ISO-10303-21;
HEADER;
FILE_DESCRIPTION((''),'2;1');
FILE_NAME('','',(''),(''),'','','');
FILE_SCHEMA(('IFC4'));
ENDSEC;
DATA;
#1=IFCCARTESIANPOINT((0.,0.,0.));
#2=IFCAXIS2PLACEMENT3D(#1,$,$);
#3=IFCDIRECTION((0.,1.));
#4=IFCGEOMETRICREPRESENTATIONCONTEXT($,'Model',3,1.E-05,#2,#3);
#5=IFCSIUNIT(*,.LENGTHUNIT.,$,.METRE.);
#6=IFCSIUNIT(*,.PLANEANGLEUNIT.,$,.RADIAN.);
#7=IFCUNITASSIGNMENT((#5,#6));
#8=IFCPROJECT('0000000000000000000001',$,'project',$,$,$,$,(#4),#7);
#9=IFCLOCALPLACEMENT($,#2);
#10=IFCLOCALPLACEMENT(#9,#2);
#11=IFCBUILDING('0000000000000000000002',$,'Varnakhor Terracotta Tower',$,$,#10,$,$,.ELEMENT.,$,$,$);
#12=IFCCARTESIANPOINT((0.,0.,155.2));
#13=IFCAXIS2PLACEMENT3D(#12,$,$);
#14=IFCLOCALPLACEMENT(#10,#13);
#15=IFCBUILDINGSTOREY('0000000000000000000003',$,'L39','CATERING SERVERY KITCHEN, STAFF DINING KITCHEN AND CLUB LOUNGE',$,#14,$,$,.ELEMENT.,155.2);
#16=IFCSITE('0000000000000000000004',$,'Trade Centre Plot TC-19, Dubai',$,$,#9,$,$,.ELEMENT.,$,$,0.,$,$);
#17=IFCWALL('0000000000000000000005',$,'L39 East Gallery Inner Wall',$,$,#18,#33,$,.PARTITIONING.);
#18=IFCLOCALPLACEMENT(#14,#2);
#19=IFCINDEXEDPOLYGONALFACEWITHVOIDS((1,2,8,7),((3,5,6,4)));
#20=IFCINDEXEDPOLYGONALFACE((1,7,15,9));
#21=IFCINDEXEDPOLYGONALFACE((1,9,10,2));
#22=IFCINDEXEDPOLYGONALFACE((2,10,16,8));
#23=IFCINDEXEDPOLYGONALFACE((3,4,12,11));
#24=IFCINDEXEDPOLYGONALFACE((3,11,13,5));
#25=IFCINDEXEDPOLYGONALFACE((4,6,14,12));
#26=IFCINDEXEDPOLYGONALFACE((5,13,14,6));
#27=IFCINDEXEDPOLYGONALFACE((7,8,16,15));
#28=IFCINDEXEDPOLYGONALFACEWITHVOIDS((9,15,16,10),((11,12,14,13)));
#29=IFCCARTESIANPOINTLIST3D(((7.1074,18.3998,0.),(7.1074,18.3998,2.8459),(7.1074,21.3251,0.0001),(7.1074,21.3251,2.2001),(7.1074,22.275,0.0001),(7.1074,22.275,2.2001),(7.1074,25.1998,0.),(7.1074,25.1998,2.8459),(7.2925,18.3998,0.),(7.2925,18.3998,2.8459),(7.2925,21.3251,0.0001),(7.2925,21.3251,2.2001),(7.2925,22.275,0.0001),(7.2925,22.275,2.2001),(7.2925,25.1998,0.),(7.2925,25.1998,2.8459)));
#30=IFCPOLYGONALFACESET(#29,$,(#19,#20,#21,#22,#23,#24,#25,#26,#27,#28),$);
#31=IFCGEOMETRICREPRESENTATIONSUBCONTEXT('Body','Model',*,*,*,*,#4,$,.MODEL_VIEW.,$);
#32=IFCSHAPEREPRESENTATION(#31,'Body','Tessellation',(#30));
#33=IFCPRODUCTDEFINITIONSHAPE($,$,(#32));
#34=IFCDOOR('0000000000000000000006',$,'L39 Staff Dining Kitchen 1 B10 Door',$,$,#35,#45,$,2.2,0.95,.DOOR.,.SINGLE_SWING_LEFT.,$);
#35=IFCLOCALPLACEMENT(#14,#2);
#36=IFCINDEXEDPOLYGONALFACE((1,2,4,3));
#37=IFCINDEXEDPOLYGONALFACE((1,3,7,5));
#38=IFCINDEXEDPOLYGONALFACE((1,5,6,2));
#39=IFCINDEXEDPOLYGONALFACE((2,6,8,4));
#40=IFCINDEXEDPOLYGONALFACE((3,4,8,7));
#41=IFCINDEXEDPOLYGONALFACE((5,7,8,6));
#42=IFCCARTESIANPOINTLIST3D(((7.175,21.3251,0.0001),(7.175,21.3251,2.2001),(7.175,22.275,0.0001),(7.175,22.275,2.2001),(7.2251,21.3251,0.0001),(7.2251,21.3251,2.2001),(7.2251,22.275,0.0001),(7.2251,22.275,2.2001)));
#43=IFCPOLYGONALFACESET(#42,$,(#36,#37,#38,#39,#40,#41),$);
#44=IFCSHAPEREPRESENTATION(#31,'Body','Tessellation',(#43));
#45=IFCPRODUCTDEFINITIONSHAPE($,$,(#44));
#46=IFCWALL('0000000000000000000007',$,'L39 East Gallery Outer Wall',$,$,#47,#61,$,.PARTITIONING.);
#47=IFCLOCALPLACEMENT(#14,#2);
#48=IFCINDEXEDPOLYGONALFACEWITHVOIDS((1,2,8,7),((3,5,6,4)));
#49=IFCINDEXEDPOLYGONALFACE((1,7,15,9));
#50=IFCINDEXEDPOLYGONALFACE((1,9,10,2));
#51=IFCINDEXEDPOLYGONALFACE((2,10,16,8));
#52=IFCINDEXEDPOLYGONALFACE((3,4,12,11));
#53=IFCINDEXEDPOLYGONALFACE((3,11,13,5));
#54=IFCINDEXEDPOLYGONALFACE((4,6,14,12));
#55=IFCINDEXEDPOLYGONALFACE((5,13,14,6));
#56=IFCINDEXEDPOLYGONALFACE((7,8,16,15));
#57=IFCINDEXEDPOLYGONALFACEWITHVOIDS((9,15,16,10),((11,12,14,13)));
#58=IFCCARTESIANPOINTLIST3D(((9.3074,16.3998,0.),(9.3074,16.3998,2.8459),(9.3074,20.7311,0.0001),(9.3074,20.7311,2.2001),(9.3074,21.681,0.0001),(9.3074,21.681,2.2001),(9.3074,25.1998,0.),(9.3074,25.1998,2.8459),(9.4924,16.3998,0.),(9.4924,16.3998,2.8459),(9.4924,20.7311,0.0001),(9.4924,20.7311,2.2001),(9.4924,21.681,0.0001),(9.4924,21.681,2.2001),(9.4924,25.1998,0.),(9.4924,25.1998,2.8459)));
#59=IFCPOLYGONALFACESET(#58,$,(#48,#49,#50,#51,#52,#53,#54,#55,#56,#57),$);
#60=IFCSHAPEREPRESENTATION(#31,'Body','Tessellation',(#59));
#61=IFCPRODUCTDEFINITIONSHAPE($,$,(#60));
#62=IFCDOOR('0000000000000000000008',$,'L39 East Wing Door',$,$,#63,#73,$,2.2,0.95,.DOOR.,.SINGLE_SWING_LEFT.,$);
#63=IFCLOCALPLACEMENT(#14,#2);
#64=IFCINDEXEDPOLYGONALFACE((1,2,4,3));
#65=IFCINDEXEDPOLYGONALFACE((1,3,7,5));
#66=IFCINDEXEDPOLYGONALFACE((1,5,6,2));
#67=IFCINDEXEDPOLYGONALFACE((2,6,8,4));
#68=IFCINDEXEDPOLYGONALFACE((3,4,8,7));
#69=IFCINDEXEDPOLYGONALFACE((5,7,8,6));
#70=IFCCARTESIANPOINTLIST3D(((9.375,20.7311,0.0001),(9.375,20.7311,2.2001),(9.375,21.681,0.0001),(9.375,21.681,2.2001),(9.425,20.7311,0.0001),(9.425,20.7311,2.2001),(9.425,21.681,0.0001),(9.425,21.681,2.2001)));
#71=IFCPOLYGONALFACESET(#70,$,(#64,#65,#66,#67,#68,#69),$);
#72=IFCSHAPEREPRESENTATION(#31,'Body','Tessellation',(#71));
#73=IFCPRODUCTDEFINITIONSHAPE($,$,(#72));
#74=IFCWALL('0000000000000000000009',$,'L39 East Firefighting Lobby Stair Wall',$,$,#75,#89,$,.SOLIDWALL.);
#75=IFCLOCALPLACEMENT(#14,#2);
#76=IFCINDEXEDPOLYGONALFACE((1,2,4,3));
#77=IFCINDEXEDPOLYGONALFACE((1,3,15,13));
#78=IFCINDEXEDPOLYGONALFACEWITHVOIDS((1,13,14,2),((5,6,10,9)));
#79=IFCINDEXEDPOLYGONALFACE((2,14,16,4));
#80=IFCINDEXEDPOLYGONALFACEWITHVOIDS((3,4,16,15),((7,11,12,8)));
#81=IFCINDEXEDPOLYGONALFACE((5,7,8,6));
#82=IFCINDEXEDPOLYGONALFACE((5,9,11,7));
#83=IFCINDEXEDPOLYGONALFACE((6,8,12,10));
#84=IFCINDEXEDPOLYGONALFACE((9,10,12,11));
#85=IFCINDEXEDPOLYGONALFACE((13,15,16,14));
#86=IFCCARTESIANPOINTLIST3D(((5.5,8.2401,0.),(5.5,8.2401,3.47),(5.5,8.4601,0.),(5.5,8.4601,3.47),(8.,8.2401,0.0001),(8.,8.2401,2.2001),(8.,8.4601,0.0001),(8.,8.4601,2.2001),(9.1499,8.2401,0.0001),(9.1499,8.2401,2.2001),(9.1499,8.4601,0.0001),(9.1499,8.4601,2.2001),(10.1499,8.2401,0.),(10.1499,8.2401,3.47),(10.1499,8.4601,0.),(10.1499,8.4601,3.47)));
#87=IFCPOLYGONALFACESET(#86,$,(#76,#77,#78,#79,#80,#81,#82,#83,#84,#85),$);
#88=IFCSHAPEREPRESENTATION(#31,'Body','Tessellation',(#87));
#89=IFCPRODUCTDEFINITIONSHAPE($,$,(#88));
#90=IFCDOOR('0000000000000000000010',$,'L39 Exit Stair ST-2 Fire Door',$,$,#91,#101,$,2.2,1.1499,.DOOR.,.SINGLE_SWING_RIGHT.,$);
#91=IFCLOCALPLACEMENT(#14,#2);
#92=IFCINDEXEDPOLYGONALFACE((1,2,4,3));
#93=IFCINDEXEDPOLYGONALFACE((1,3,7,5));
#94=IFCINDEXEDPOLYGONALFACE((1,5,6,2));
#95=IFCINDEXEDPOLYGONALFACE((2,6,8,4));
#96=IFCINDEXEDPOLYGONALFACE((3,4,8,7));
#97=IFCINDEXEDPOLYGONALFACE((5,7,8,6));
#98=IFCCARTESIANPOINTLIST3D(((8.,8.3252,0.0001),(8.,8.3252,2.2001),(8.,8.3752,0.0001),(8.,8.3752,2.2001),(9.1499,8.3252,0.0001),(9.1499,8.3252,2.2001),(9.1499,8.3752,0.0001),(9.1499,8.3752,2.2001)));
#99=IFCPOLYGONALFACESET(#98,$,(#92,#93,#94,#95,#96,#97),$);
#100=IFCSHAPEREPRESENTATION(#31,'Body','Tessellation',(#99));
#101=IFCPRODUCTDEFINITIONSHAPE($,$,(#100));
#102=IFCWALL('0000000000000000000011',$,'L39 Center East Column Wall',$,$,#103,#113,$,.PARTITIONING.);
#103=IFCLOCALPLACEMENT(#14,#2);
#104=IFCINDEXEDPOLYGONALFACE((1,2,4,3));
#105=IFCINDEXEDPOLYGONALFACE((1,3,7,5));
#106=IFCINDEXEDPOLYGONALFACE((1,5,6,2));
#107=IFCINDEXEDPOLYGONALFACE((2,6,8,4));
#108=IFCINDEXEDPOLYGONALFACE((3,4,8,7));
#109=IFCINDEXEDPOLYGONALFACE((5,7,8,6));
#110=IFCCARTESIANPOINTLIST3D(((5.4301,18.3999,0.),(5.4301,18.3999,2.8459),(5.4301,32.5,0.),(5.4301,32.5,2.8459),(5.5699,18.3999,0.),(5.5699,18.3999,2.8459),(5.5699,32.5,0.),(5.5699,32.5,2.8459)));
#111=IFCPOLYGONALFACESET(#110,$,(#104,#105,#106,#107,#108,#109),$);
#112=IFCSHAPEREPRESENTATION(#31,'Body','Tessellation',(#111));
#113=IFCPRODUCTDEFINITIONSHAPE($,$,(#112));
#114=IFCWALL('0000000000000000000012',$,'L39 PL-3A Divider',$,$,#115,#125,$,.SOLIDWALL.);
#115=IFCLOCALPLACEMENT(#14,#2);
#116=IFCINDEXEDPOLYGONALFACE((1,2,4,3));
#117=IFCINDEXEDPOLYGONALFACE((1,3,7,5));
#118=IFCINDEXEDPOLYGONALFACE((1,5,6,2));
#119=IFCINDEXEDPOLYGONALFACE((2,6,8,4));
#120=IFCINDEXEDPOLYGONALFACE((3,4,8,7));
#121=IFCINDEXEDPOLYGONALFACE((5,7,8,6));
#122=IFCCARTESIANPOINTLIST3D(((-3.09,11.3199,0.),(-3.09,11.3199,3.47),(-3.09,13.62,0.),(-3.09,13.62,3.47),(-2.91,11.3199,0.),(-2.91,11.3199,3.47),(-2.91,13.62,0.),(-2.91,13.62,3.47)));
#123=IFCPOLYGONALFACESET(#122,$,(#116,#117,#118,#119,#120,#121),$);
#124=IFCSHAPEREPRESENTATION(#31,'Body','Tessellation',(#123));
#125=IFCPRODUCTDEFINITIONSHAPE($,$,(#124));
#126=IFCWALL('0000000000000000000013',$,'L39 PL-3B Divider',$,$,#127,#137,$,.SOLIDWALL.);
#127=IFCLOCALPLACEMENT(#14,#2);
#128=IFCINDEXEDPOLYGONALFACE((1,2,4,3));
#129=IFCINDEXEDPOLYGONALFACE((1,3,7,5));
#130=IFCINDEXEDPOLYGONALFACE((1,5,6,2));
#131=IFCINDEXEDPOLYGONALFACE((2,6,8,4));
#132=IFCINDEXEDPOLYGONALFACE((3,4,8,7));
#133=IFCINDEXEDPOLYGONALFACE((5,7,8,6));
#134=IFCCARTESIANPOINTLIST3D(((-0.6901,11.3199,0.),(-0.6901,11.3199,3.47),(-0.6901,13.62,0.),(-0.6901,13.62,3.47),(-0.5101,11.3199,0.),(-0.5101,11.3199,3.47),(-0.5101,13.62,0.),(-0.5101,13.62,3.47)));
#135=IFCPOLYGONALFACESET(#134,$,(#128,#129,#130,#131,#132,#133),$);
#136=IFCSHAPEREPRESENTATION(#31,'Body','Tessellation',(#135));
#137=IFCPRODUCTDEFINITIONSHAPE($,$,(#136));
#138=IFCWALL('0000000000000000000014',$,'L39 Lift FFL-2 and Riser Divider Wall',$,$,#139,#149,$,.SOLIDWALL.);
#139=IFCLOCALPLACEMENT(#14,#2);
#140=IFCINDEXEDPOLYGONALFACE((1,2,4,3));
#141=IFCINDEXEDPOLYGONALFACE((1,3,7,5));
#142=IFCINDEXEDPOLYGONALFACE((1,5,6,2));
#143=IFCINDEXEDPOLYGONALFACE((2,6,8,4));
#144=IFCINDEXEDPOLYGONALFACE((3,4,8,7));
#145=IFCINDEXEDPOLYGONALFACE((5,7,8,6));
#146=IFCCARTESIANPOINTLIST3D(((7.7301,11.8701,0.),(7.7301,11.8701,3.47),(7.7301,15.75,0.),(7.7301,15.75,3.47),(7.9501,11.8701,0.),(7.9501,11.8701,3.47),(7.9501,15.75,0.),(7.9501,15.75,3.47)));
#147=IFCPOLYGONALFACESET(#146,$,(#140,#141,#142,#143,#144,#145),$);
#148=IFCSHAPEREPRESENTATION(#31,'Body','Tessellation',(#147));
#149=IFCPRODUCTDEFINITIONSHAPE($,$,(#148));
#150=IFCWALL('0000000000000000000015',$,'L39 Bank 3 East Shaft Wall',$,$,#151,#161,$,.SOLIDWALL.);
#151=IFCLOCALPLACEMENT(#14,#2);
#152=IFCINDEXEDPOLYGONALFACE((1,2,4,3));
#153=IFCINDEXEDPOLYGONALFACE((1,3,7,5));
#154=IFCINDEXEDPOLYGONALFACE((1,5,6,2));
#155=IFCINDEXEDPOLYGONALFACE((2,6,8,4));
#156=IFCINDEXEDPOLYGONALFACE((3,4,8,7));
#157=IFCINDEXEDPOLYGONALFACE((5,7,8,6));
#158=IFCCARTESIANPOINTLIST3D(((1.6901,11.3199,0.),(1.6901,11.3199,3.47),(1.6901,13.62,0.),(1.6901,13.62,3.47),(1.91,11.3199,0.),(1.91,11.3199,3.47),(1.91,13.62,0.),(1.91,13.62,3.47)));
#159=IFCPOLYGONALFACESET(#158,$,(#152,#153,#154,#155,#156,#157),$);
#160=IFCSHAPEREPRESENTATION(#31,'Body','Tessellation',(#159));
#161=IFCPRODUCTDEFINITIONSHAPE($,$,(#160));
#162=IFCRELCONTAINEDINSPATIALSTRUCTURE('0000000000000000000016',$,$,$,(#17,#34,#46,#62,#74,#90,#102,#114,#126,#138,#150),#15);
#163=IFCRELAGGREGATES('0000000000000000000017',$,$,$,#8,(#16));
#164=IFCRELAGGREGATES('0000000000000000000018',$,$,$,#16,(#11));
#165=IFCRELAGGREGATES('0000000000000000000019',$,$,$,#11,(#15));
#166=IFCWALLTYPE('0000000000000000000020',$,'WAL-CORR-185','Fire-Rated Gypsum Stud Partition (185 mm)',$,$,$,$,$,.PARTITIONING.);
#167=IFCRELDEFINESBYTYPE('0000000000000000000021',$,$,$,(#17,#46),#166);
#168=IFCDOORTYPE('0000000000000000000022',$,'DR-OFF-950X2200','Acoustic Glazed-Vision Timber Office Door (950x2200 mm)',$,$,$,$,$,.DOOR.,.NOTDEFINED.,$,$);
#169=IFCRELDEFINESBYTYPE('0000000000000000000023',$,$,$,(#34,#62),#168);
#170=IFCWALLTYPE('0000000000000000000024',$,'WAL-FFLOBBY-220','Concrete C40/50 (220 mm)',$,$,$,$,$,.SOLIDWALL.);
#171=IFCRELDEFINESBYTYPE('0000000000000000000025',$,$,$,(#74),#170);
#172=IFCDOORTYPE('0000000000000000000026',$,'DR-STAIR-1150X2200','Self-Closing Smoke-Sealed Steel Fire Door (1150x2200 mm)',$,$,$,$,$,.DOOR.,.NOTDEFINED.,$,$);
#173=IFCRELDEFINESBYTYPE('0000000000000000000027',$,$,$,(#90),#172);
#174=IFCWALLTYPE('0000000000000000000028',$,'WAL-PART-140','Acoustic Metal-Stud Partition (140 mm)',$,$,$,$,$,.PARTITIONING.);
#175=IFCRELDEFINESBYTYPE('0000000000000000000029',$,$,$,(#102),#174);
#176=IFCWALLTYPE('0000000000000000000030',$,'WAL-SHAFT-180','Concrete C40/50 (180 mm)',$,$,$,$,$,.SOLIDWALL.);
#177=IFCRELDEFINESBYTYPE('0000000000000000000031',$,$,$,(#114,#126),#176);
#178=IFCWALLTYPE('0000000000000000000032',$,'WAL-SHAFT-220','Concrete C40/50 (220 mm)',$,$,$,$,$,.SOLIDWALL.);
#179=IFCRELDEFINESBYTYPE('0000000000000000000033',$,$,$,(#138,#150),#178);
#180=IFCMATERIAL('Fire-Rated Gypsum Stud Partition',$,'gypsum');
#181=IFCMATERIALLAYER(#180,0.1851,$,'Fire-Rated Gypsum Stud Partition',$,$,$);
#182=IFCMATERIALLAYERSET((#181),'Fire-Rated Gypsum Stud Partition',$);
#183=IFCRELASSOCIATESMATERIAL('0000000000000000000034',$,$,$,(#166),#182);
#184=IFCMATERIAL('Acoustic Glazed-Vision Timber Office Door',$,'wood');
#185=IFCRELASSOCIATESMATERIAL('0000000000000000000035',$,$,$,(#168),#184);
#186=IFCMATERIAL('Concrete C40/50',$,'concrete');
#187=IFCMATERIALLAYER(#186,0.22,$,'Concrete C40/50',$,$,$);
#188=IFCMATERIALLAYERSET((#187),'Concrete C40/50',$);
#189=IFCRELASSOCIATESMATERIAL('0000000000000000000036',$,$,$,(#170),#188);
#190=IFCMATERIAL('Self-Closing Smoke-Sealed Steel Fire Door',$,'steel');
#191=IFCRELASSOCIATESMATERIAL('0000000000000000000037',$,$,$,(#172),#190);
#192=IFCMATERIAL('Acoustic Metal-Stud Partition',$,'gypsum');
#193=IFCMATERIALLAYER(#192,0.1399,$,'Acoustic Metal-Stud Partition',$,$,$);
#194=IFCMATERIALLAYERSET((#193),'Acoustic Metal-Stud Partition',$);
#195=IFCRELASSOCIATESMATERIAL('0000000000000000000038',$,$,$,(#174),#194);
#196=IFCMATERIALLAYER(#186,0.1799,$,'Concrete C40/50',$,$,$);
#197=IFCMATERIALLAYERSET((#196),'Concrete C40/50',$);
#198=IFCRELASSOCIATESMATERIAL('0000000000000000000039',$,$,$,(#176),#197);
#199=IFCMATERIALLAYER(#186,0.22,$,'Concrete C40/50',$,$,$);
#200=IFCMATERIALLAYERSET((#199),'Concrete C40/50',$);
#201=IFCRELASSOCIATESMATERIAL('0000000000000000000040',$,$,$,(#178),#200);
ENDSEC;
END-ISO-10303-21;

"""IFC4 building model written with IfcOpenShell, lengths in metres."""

from ifc_helpers import new_model, si_unit, direction, frame, frame_2d, origin, place, context, subcontext, project, spatial, rectangle, extrude, source, transform, mapped, material, layer, layer_set, type_object, type_shapes, element, fill, save


model = new_model("IFC4")

# Units and contexts
model_context = context("Model", 3, precision=1e-05, world=origin(), true_north=direction((0.0, 1.0)))
body_context = subcontext(model_context, "Body", "Model", "MODEL_VIEW")
ifc_project = project(units=[si_unit("LENGTHUNIT", "METRE"), si_unit("PLANEANGLEUNIT", "RADIAN")], contexts=[model_context])

# Site, building, storey
site_placement = place(None, origin())
site = spatial("IfcSite", under=ifc_project, at=site_placement, Name="Trade Centre Plot TC-19, Dubai", CompositionType="ELEMENT", RefElevation=0.0)
building_placement = place(site_placement, origin())
building = spatial("IfcBuilding", under=site, at=building_placement, Name="Varnakhor Terracotta Tower", CompositionType="ELEMENT")
storey_placement = place(building_placement, frame((0.0, 0.0, 155.2)))
storey = spatial("IfcBuildingStorey", under=building, at=storey_placement, Name="L39", Description="CATERING SERVERY KITCHEN, STAFF DINING KITCHEN AND CLUB LOUNGE", CompositionType="ELEMENT", Elevation=155.2)

# Walls, openings, doors
ifc_material_1 = material(Name="Fire-Rated Gypsum Stud Partition", Category="gypsum")
ifc_layer_1 = layer(ifc_material_1, 0.1851, Name="Fire-Rated Gypsum Stud Partition")
ifc_layer_set_1 = layer_set([ifc_layer_1], Name="Fire-Rated Gypsum Stud Partition")
wall_type_1 = type_object("IfcWallType", Name="WAL-CORR-185", Description="Fire-Rated Gypsum Stud Partition (185 mm)", PredefinedType="PARTITIONING", material=ifc_layer_set_1)
wall_1_placement = place(storey_placement, frame((7.2, 18.3999, 0.0), z_axis=(0.0, 0.0, 1.0), x_axis=(0.0, 1.0, 0.0)))
wall_1 = element("IfcWall", 1, at=wall_1_placement, inside=storey, type_object=wall_type_1, Name="L39 East Gallery Inner Wall", PredefinedType="PARTITIONING", context=body_context, shape_type="SweptSolid", body=[
    extrude(rectangle(XDim=6.8, YDim=0.1851, at=frame_2d((3.3999, 0.0))), origin(), (0.0, 0.0, 1.0), 2.8459),
])
opening_1_placement = place(wall_1_placement, frame((2.925, 0.0, 0.0)))
opening_1 = element("IfcOpeningElement", 2, at=opening_1_placement, cuts=wall_1, PredefinedType="OPENING", context=body_context, shape_type="SweptSolid", body=[
    extrude(rectangle(XDim=0.95, YDim=2.2, at=frame_2d((0.4751, 1.1001))), frame((0.0, 0.1025, 0.0), z_axis=(0.0, -1.0, 0.0), x_axis=(1.0, 0.0, 0.0)), (0.0, 0.0, 1.0), 0.2051),
])
ifc_material_2 = material(Name="Acoustic Glazed-Vision Timber Office Door", Category="wood")
door_type_1 = type_object("IfcDoorType", Name="DR-OFF-950X2200", Description="Acoustic Glazed-Vision Timber Office Door (950x2200 mm)", OperationType="NOTDEFINED", PredefinedType="DOOR", material=ifc_material_2)
shared_shape_1 = source(origin(), body_context, "Body", "SweptSolid", [
    extrude(rectangle(XDim=0.95, YDim=2.2, at=frame_2d((0.4751, 1.1001))), frame((0.0, 0.0249, 0.0), z_axis=(0.0, -1.0, 0.0), x_axis=(1.0, 0.0, 0.0)), (0.0, 0.0, 1.0), 0.05),
])
type_shapes(door_type_1, [shared_shape_1])
door_1_placement = place(opening_1_placement, origin())
door_1 = element("IfcDoor", 3, at=door_1_placement, inside=storey, type_object=door_type_1, Name="L39 Staff Dining Kitchen 1 B10 Door", OperationType="SINGLE_SWING_LEFT", OverallHeight=2.2, OverallWidth=0.95, PredefinedType="DOOR", context=body_context, shape_type="MappedRepresentation", body=[
    mapped(shared_shape_1, transform((0.0, 0.0, 0.0), scale=1.0)),
])
fill(opening_1, door_1)
wall_2_placement = place(storey_placement, frame((9.3999, 16.3999, 0.0), z_axis=(0.0, 0.0, 1.0), x_axis=(0.0, 1.0, 0.0)))
wall_2 = element("IfcWall", 4, at=wall_2_placement, inside=storey, type_object=wall_type_1, Name="L39 East Gallery Outer Wall", PredefinedType="PARTITIONING", context=body_context, shape_type="SweptSolid", body=[
    extrude(rectangle(XDim=8.8, YDim=0.1851, at=frame_2d((4.3999, 0.0))), origin(), (0.0, 0.0, 1.0), 2.8459),
])
opening_2_placement = place(wall_2_placement, frame((4.3311, 0.0, 0.0)))
opening_2 = element("IfcOpeningElement", 5, at=opening_2_placement, cuts=wall_2, PredefinedType="OPENING", context=body_context, shape_type="SweptSolid", body=[
    extrude(rectangle(XDim=0.95, YDim=2.2, at=frame_2d((0.4751, 1.1001))), frame((0.0, 0.1025, 0.0), z_axis=(0.0, -1.0, 0.0), x_axis=(1.0, 0.0, 0.0)), (0.0, 0.0, 1.0), 0.2051),
])
door_2_placement = place(opening_2_placement, origin())
door_2 = element("IfcDoor", 6, at=door_2_placement, inside=storey, type_object=door_type_1, Name="L39 East Wing Door", OperationType="SINGLE_SWING_LEFT", OverallHeight=2.2, OverallWidth=0.95, PredefinedType="DOOR", context=body_context, shape_type="MappedRepresentation", body=[
    mapped(shared_shape_1, transform((0.0, 0.0, 0.0), scale=1.0)),
])
fill(opening_2, door_2)
ifc_material_3 = material(Name="Concrete C40/50", Category="concrete")
ifc_layer_2 = layer(ifc_material_3, 0.22, Name="Concrete C40/50")
ifc_layer_set_2 = layer_set([ifc_layer_2], Name="Concrete C40/50")
wall_type_2 = type_object("IfcWallType", Name="WAL-FFLOBBY-220", Description="Concrete C40/50 (220 mm)", PredefinedType="SOLIDWALL", material=ifc_layer_set_2)
wall_3_placement = place(storey_placement, frame((10.1499, 8.3501, 0.0), z_axis=(0.0, 0.0, 1.0), x_axis=(-1.0, 0.0, 0.0)))
wall_3 = element("IfcWall", 7, at=wall_3_placement, inside=storey, type_object=wall_type_2, Name="L39 East Firefighting Lobby Stair Wall", PredefinedType="SOLIDWALL", context=body_context, shape_type="SweptSolid", body=[
    extrude(rectangle(XDim=4.6499, YDim=0.22, at=frame_2d((2.325, 0.0))), origin(), (0.0, 0.0, 1.0), 3.47),
])
opening_3_placement = place(wall_3_placement, frame((1.0, 0.0, 0.0)))
opening_3 = element("IfcOpeningElement", 8, at=opening_3_placement, cuts=wall_3, PredefinedType="OPENING", context=body_context, shape_type="SweptSolid", body=[
    extrude(rectangle(XDim=1.1499, YDim=2.2, at=frame_2d((0.575, 1.1001))), frame((0.0, 0.1201, 0.0), z_axis=(0.0, -1.0, 0.0), x_axis=(1.0, 0.0, 0.0)), (0.0, 0.0, 1.0), 0.24),
])
ifc_material_4 = material(Name="Self-Closing Smoke-Sealed Steel Fire Door", Category="steel")
door_type_2 = type_object("IfcDoorType", Name="DR-STAIR-1150X2200", Description="Self-Closing Smoke-Sealed Steel Fire Door (1150x2200 mm)", OperationType="NOTDEFINED", PredefinedType="DOOR", material=ifc_material_4)
shared_shape_2 = source(origin(), body_context, "Body", "SweptSolid", [
    extrude(rectangle(XDim=1.1499, YDim=2.2, at=frame_2d((0.575, 1.1001))), frame((0.0, 0.0249, 0.0), z_axis=(0.0, -1.0, 0.0), x_axis=(1.0, 0.0, 0.0)), (0.0, 0.0, 1.0), 0.05),
])
type_shapes(door_type_2, [shared_shape_2])
door_3_placement = place(opening_3_placement, origin())
door_3 = element("IfcDoor", 9, at=door_3_placement, inside=storey, type_object=door_type_2, Name="L39 Exit Stair ST-2 Fire Door", OperationType="SINGLE_SWING_RIGHT", OverallHeight=2.2, OverallWidth=1.1499, PredefinedType="DOOR", context=body_context, shape_type="MappedRepresentation", body=[
    mapped(shared_shape_2, transform((0.0, 0.0, 0.0), scale=1.0)),
])
fill(opening_3, door_3)

# Walls
ifc_material_5 = material(Name="Acoustic Metal-Stud Partition", Category="gypsum")
ifc_layer_3 = layer(ifc_material_5, 0.1399, Name="Acoustic Metal-Stud Partition")
ifc_layer_set_3 = layer_set([ifc_layer_3], Name="Acoustic Metal-Stud Partition")
wall_type_3 = type_object("IfcWallType", Name="WAL-PART-140", Description="Acoustic Metal-Stud Partition (140 mm)", PredefinedType="PARTITIONING", material=ifc_layer_set_3)
wall_4_placement = place(storey_placement, frame((5.5, 18.3999, 0.0), z_axis=(0.0, 0.0, 1.0), x_axis=(0.0, 1.0, 0.0)))
element("IfcWall", 10, at=wall_4_placement, inside=storey, type_object=wall_type_3, Name="L39 Center East Column Wall", PredefinedType="PARTITIONING", context=body_context, shape_type="SweptSolid", body=[
    extrude(rectangle(XDim=14.1001, YDim=0.1399, at=frame_2d((7.05, 0.0))), origin(), (0.0, 0.0, 1.0), 2.8459),
])
ifc_layer_4 = layer(ifc_material_3, 0.1799, Name="Concrete C40/50")
ifc_layer_set_4 = layer_set([ifc_layer_4], Name="Concrete C40/50")
wall_type_4 = type_object("IfcWallType", Name="WAL-SHAFT-180", Description="Concrete C40/50 (180 mm)", PredefinedType="SOLIDWALL", material=ifc_layer_set_4)
for number, where, z_axis, x_axis, name in (
    (11, (-3.0, 11.3201, 0.0), (0.0, 0.0, 1.0), (0.0, 1.0, 0.0), "L39 PL-3A Divider"),
    (12, (-0.6001, 11.3201, 0.0), (0.0, 0.0, 1.0), (0.0, 1.0, 0.0), "L39 PL-3B Divider"),
):
    element("IfcWall", number, at=place(storey_placement, frame(where, z_axis=z_axis, x_axis=x_axis)), inside=storey, type_object=wall_type_4, Name=name, PredefinedType="SOLIDWALL", context=body_context, shape_type="SweptSolid", body=[
        extrude(rectangle(XDim=2.3, YDim=0.1799, at=frame_2d((1.1499, 0.0))), origin(), (0.0, 0.0, 1.0), 3.47),
    ])
ifc_layer_5 = layer(ifc_material_3, 0.22, Name="Concrete C40/50")
ifc_layer_set_5 = layer_set([ifc_layer_5], Name="Concrete C40/50")
wall_type_5 = type_object("IfcWallType", Name="WAL-SHAFT-220", Description="Concrete C40/50 (220 mm)", PredefinedType="SOLIDWALL", material=ifc_layer_set_5)
wall_5_placement = place(storey_placement, frame((7.8401, 11.8701, 0.0), z_axis=(0.0, 0.0, 1.0), x_axis=(0.0, 1.0, 0.0)))
element("IfcWall", 13, at=wall_5_placement, inside=storey, type_object=wall_type_5, Name="L39 Lift FFL-2 and Riser Divider Wall", PredefinedType="SOLIDWALL", context=body_context, shape_type="SweptSolid", body=[
    extrude(rectangle(XDim=3.8799, YDim=0.22, at=frame_2d((1.9399, 0.0))), origin(), (0.0, 0.0, 1.0), 3.47),
])
wall_6_placement = place(storey_placement, frame((1.8, 11.3201, 0.0), z_axis=(0.0, 0.0, 1.0), x_axis=(0.0, 1.0, 0.0)))
element("IfcWall", 14, at=wall_6_placement, inside=storey, type_object=wall_type_5, Name="L39 Bank 3 East Shaft Wall", PredefinedType="SOLIDWALL", context=body_context, shape_type="SweptSolid", body=[
    extrude(rectangle(XDim=2.3, YDim=0.22, at=frame_2d((1.1499, 0.0))), origin(), (0.0, 0.0, 1.0), 3.47),
])

save(model, "model.ifc")
